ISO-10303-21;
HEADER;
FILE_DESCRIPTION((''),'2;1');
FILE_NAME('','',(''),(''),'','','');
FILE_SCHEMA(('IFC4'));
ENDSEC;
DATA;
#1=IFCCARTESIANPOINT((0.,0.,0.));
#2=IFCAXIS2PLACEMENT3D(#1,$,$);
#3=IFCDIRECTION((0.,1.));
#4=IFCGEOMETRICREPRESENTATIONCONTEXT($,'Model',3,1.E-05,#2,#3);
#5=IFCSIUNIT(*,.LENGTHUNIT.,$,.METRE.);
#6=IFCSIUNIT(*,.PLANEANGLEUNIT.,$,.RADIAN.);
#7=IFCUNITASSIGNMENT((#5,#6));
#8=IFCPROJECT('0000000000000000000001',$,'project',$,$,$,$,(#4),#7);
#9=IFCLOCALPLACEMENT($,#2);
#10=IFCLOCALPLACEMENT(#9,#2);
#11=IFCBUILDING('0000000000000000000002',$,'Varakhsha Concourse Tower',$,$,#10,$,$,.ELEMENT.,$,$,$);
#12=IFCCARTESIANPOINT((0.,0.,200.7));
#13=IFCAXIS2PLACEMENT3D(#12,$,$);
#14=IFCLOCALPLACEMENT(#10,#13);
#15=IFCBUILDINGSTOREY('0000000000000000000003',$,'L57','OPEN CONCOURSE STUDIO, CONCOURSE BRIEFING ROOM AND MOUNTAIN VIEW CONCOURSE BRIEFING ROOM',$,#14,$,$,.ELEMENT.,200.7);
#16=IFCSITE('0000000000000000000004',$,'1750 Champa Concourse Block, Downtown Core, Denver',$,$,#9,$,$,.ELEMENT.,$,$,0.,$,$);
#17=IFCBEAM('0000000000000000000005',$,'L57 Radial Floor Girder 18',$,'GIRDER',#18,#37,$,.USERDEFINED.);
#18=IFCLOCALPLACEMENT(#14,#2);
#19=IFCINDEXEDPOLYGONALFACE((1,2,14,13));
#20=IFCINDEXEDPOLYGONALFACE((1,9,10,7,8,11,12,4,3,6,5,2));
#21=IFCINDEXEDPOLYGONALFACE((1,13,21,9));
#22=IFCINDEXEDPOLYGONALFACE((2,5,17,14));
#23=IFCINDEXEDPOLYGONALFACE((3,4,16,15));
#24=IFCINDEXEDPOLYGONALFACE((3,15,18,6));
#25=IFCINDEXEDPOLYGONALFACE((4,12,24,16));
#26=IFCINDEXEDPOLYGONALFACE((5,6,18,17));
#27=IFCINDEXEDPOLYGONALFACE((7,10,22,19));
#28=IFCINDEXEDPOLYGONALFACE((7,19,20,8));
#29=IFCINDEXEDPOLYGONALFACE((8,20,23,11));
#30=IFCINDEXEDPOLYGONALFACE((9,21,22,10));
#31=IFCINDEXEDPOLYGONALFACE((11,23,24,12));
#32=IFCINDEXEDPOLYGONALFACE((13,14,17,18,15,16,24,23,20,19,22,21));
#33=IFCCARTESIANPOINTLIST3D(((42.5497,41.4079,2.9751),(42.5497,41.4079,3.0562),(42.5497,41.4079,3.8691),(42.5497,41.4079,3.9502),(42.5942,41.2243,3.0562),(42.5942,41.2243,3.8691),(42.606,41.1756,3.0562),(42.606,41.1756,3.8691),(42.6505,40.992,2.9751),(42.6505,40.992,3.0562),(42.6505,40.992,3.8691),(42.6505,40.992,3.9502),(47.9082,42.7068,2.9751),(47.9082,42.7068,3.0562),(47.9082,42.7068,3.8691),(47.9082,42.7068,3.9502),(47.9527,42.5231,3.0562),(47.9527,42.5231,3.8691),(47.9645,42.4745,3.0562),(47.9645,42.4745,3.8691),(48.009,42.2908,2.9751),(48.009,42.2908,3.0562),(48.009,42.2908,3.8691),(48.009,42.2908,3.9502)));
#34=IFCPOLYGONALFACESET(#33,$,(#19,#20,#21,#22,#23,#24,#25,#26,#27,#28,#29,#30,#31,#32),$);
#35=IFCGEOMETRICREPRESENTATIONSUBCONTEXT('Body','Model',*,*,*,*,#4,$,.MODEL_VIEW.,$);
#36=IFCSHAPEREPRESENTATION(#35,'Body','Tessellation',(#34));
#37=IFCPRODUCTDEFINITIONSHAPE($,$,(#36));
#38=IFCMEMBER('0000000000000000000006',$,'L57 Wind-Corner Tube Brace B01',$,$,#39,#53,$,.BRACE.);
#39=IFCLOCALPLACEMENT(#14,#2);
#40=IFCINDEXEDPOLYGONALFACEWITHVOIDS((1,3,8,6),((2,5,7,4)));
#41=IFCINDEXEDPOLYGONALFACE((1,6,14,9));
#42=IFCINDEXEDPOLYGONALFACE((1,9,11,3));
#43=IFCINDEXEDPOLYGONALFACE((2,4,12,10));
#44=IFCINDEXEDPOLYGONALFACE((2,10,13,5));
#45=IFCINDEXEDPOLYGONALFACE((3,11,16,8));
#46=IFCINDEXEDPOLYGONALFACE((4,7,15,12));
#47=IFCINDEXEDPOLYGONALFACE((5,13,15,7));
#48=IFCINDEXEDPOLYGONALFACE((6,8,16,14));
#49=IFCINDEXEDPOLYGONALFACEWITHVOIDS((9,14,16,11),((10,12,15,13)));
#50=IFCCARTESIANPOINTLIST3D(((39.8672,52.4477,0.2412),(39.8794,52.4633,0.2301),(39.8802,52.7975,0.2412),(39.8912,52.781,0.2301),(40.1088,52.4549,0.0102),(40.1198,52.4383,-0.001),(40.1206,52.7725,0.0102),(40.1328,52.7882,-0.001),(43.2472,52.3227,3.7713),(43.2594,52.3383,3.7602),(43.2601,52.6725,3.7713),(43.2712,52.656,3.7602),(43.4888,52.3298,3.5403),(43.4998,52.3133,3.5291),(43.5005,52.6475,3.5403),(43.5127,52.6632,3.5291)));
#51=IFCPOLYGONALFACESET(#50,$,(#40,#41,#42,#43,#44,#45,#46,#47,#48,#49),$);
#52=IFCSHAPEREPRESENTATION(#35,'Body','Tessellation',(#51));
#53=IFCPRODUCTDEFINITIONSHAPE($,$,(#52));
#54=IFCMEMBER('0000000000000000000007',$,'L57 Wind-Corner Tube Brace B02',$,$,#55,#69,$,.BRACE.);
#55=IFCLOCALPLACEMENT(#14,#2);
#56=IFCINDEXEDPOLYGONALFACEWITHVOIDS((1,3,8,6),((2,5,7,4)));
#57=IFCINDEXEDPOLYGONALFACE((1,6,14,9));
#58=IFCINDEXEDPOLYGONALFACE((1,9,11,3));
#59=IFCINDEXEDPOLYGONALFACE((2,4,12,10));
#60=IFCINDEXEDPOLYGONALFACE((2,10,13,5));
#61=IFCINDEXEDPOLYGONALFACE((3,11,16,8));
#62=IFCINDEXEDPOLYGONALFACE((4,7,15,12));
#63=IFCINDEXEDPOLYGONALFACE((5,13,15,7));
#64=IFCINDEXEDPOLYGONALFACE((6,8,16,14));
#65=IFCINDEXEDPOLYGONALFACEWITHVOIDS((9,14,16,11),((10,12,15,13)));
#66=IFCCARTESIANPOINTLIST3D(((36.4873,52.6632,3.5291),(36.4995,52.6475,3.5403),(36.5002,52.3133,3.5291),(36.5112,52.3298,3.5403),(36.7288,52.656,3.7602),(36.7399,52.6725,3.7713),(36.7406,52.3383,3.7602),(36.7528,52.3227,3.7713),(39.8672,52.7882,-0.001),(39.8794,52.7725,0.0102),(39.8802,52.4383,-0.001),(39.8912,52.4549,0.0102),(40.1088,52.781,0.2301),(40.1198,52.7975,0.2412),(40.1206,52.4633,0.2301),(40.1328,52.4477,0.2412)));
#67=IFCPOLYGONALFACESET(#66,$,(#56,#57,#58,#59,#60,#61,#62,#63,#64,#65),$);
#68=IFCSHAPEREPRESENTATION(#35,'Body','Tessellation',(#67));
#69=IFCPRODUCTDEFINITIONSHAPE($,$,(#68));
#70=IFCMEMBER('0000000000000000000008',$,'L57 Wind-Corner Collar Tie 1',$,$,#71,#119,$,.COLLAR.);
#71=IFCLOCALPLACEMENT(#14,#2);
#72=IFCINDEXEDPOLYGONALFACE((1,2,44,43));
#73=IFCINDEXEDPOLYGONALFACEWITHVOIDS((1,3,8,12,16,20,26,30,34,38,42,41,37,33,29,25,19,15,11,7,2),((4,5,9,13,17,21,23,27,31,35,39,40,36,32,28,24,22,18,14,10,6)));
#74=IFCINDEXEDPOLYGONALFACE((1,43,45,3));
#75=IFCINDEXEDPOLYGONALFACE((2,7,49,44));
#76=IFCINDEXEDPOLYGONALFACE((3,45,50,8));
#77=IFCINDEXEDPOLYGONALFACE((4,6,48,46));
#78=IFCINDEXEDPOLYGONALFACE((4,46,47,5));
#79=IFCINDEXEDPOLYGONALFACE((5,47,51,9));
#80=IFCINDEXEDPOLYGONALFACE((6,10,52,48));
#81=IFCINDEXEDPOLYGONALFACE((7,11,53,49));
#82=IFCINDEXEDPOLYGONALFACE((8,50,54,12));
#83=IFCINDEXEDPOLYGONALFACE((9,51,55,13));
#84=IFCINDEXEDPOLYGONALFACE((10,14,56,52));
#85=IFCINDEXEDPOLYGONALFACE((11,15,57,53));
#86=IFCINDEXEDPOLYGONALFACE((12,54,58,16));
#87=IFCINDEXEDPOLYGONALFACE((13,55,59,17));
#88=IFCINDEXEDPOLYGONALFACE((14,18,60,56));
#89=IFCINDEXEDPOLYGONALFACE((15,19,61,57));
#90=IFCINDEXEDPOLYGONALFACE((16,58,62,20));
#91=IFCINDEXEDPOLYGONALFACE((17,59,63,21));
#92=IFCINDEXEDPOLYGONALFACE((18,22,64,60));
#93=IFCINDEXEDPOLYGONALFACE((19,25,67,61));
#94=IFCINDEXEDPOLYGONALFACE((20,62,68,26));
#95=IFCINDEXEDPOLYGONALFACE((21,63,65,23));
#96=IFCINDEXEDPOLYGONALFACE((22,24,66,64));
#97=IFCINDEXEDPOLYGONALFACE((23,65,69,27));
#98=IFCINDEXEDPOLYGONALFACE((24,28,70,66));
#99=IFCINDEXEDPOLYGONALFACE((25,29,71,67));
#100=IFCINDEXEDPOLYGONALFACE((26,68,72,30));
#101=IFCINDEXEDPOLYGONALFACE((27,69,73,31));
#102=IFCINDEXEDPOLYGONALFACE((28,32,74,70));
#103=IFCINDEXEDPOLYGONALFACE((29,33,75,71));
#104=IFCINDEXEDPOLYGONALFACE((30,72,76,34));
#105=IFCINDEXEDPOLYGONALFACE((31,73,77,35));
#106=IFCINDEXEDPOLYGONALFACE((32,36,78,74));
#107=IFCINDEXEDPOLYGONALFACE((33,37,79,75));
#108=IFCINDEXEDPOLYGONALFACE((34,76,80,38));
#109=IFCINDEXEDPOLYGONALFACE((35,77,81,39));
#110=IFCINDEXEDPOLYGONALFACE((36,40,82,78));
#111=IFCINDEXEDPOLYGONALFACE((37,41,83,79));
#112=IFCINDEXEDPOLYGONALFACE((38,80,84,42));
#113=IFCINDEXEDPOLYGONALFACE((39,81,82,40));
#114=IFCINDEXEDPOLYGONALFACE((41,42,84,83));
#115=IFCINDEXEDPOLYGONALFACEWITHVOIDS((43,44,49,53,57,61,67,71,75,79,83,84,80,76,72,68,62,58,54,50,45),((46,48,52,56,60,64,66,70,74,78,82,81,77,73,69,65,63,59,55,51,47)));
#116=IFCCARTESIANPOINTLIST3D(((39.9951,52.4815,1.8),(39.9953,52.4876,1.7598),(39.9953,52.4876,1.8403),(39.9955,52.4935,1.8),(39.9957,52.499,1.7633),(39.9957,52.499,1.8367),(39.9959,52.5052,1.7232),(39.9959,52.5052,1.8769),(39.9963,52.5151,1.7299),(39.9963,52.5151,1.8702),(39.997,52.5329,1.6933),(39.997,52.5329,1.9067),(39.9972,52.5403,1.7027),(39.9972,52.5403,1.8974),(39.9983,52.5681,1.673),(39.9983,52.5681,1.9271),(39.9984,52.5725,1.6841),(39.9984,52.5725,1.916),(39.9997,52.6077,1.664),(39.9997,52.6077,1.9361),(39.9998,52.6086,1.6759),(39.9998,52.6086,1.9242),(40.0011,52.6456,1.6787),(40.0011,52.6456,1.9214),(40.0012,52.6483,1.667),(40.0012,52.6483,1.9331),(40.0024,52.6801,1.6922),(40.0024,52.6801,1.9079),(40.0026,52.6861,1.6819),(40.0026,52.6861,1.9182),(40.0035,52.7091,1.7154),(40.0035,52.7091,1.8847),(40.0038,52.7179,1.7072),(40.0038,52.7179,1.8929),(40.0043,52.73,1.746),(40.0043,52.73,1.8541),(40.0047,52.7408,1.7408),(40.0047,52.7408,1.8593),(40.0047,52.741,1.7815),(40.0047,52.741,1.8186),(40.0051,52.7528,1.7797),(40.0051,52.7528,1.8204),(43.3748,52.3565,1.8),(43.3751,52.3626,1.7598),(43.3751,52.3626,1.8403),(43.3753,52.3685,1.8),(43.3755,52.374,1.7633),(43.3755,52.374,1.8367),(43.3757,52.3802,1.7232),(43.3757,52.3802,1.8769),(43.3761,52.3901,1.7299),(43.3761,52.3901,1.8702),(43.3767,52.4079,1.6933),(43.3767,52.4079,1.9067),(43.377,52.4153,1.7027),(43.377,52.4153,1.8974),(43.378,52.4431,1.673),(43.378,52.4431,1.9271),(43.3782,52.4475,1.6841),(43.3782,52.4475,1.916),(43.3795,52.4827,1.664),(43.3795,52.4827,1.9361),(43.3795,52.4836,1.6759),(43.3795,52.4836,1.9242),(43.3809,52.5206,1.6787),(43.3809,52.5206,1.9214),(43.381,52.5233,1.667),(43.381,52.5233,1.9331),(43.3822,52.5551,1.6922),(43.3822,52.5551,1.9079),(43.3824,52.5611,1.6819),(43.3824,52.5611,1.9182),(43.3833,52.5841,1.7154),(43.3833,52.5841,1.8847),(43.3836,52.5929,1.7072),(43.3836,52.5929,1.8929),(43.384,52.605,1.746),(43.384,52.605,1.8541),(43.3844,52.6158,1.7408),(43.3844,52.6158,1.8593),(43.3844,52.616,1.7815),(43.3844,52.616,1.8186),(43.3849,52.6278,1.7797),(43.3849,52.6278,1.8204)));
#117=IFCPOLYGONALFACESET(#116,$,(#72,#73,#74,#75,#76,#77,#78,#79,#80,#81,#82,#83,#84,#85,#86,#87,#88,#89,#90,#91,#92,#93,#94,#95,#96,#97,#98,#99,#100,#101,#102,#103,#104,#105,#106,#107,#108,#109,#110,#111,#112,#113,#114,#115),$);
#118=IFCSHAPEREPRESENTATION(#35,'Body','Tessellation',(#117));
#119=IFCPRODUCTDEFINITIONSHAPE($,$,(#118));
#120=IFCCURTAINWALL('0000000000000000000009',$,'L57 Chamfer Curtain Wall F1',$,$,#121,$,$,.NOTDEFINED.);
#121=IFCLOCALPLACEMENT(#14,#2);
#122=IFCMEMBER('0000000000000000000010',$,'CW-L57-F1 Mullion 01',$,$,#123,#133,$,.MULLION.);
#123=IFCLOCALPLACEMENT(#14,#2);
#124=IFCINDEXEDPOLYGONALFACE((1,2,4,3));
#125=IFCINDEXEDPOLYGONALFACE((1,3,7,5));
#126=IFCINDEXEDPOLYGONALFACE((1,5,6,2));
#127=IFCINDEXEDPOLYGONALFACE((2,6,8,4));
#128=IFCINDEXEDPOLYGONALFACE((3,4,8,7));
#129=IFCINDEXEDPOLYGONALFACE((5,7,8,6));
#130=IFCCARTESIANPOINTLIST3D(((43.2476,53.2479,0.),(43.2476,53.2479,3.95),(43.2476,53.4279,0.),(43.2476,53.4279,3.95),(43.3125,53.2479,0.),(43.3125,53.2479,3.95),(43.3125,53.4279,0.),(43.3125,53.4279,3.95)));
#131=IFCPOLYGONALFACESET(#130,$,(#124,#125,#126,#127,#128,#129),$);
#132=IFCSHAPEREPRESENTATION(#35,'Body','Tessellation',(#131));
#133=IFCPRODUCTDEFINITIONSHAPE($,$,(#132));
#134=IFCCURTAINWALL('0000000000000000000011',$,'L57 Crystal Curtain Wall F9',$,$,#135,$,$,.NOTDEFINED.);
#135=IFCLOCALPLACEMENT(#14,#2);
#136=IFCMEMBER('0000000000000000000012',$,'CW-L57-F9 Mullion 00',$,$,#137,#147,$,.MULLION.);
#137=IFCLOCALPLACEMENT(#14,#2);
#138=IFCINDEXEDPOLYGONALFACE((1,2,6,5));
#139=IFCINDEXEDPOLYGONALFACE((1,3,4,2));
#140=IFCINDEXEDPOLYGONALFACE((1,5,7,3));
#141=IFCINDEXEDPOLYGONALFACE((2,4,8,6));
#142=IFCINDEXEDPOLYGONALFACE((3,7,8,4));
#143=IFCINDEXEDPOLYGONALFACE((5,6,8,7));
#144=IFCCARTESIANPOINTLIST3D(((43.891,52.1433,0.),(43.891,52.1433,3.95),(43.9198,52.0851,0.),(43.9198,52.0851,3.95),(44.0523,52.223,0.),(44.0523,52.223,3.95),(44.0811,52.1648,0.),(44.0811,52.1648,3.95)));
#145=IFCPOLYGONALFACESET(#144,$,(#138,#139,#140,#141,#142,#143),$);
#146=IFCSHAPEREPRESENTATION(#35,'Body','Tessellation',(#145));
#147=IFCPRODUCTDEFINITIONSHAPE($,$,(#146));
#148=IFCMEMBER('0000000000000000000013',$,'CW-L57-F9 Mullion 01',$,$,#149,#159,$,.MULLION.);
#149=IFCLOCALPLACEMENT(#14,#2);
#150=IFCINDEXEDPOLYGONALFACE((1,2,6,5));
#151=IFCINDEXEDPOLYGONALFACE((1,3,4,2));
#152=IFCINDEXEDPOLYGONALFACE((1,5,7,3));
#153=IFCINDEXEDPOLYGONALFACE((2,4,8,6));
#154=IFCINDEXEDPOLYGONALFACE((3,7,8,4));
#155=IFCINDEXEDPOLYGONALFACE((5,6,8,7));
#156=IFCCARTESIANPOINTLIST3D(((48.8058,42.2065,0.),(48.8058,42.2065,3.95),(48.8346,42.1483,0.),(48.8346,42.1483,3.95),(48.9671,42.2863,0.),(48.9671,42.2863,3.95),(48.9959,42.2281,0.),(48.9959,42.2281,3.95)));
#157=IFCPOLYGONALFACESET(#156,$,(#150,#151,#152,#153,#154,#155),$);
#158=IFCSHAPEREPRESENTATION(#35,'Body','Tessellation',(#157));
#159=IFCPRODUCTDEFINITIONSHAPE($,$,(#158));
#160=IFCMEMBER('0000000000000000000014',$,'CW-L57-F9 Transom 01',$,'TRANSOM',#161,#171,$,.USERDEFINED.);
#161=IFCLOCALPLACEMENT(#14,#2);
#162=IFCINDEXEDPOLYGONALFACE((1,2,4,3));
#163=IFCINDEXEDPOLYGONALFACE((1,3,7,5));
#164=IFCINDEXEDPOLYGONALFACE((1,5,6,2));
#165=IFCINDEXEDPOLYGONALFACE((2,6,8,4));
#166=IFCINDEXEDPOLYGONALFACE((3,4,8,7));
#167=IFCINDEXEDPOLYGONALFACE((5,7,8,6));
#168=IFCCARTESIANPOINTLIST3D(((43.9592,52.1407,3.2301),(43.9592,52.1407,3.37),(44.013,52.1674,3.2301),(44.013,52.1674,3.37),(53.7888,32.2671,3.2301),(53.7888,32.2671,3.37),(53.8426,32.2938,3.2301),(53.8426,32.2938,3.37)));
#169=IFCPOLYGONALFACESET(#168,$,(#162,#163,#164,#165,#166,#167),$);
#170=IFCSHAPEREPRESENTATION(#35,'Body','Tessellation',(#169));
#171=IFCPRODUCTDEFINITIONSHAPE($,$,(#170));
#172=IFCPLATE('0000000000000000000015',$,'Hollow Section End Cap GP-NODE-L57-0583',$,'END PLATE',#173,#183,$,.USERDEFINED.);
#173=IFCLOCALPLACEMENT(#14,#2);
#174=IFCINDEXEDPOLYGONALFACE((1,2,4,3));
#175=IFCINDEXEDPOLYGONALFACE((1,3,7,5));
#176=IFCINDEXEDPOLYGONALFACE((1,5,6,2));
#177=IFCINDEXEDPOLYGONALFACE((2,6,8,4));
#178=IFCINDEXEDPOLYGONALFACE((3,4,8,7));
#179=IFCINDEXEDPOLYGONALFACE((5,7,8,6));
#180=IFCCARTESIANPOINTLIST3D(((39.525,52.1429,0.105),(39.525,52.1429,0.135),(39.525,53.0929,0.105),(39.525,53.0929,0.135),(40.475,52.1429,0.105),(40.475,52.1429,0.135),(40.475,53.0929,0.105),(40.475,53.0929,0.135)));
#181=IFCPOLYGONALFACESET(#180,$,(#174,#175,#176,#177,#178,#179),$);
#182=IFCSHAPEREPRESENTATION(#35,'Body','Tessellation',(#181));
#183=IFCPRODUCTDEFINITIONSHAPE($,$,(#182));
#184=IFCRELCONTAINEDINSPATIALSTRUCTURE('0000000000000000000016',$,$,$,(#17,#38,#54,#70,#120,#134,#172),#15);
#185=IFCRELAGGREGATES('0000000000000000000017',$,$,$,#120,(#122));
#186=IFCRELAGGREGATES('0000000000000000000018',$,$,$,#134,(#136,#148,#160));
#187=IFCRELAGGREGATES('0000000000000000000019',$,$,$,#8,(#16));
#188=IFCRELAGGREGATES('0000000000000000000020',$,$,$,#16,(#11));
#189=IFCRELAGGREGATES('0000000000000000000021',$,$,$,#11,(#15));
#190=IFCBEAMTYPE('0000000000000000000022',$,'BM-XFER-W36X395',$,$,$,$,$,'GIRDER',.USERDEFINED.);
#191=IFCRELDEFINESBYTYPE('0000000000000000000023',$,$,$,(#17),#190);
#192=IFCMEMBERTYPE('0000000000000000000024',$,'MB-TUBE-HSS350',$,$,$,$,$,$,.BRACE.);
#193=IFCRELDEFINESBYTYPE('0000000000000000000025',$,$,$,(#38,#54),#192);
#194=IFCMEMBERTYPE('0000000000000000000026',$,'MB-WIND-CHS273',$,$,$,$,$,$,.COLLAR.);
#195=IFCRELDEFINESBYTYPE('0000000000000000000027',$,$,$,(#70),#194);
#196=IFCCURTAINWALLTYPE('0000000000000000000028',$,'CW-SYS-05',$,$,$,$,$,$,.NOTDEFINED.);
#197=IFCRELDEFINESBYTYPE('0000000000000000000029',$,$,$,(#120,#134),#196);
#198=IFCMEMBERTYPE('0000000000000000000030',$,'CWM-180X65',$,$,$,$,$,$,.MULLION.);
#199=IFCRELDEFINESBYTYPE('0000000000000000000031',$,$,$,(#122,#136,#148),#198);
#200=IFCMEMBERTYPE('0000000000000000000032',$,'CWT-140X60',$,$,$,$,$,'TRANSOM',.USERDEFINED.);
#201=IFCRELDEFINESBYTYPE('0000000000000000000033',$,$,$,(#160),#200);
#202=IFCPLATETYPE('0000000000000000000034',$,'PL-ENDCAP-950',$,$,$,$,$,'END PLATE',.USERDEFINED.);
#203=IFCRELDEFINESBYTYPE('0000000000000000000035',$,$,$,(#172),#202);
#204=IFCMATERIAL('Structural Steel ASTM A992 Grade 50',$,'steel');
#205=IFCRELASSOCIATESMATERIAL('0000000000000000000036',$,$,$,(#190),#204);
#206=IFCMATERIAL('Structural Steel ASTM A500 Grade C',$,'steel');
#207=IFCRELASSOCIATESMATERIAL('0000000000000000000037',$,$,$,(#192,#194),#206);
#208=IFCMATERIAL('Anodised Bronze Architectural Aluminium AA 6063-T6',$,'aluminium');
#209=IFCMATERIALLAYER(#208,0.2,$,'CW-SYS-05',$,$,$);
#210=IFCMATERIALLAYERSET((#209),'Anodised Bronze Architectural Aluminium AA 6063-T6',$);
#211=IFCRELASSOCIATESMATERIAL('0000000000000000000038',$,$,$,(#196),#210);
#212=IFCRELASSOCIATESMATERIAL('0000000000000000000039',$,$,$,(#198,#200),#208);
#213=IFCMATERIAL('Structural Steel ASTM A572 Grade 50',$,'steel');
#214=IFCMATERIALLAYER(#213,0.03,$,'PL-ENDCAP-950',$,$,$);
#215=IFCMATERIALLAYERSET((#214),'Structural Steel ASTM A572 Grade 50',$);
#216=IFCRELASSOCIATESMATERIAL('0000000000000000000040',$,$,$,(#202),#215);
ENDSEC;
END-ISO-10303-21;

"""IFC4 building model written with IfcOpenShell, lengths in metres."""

from ifc_helpers import new_model, si_unit, direction, frame, origin, origin_2d, place, context, subcontext, project, spatial, rectangle, hollow_rectangle, hollow_circle, i_section, extrude, source, transform, mapped, material, layer, layer_set, material_profile, profile_set, type_object, type_shapes, element, aggregate, save


model = new_model("IFC4")

# Units and contexts
model_context = context("Model", 3, precision=1e-05, world=origin(), true_north=direction((0.0, 1.0)))
body_context = subcontext(model_context, "Body", "Model", "MODEL_VIEW")
ifc_project = project(units=[si_unit("LENGTHUNIT", "METRE"), si_unit("PLANEANGLEUNIT", "RADIAN")], contexts=[model_context])

# Site, building, storey
site_placement = place(None, origin())
site = spatial("IfcSite", under=ifc_project, at=site_placement, Name="1750 Champa Concourse Block, Downtown Core, Denver", CompositionType="ELEMENT", RefElevation=0.0)
building_placement = place(site_placement, origin())
building = spatial("IfcBuilding", under=site, at=building_placement, Name="Varakhsha Concourse Tower", CompositionType="ELEMENT")
storey_placement = place(building_placement, frame((0.0, 0.0, 200.7)))
storey = spatial("IfcBuildingStorey", under=building, at=storey_placement, Name="L57", Description="OPEN CONCOURSE STUDIO, CONCOURSE BRIEFING ROOM AND MOUNTAIN VIEW CONCOURSE BRIEFING ROOM", CompositionType="ELEMENT", Elevation=200.7)

# Shared definitions
ifc_material_1 = material(Name="Structural Steel ASTM A992 Grade 50", Category="steel")
ifc_material_2 = material(Name="Structural Steel ASTM A572 Grade 50", Category="steel")

# Beam
ifc_material_profile_1 = material_profile(ifc_material_1, i_section(OverallWidth=0.428, OverallDepth=0.9751, WebThickness=0.05, FlangeThickness=0.0811, at=origin_2d()), Name="W36X395")
ifc_profile_set_1 = profile_set([ifc_material_profile_1], Name="Structural Steel ASTM A992 Grade 50")
beam_type_1 = type_object("IfcBeamType", Name="BM-XFER-W36X395", ElementType="GIRDER", PredefinedType="USERDEFINED", material=ifc_profile_set_1)
beam_1_placement = place(storey_placement, frame((42.6001, 41.2, 3.4626), z_axis=(0.971857, 0.23557, 0.0), x_axis=(-0.23557, 0.971857, 0.0)))
element("IfcBeam", 1, at=beam_1_placement, inside=storey, type_object=beam_type_1, Name="L57 Radial Floor Girder 18", ObjectType="GIRDER", PredefinedType="USERDEFINED", context=body_context, shape_type="SweptSolid", body=[
    extrude(i_section(OverallWidth=0.428, OverallDepth=0.9751, WebThickness=0.05, FlangeThickness=0.0811, at=origin_2d()), origin(), (0.0, 0.0, 1.0), 5.5137),
])

# Members
ifc_material_3 = material(Name="Structural Steel ASTM A500 Grade C", Category="steel")
ifc_material_profile_2 = material_profile(ifc_material_3, hollow_rectangle(XDim=0.3501, YDim=0.3501, WallThickness=0.0161, at=origin_2d()), Name="HSS 350x350x16")
ifc_profile_set_2 = profile_set([ifc_material_profile_2], Name="Structural Steel ASTM A500 Grade C")
member_type_1 = type_object("IfcMemberType", Name="MB-TUBE-HSS350", PredefinedType="BRACE", material=ifc_profile_set_2)
shared_shape_1 = source(origin(), body_context, "Body", "SweptSolid", [
    extrude(hollow_rectangle(XDim=0.3501, YDim=0.3501, WallThickness=0.0161, at=origin_2d()), origin(), (0.0, 0.0, 1.0), 4.8889),
])
type_shapes(member_type_1, [shared_shape_1])
for number, where, z_axis, x_axis, name in (
    (2, (40.0, 52.6179, 0.1201), (0.691353, -0.025569, 0.722065), (0.036958, 0.999317, 0.0), "L57 Wind-Corner Tube Brace B01"),
    (3, (40.0, 52.6179, 0.1201), (-0.691353, -0.025569, 0.722065), (0.036958, -0.999317, 0.0), "L57 Wind-Corner Tube Brace B02"),
):
    element("IfcMember", number, at=place(storey_placement, frame(where, z_axis=z_axis, x_axis=x_axis)), inside=storey, type_object=member_type_1, Name=name, PredefinedType="BRACE", context=body_context, shape_type="MappedRepresentation", body=[
        mapped(shared_shape_1, transform((0.0, 0.0, 0.0), scale=1.0)),
    ])
ifc_material_profile_3 = material_profile(ifc_material_3, hollow_circle(Radius=0.1365, WallThickness=0.012, at=origin_2d()), Name="CHS 273x12")
ifc_profile_set_3 = profile_set([ifc_material_profile_3], Name="Structural Steel ASTM A500 Grade C")
member_type_2 = type_object("IfcMemberType", Name="MB-WIND-CHS273", PredefinedType="COLLAR", material=ifc_profile_set_3)
shared_shape_2 = source(origin(), body_context, "Body", "SweptSolid", [
    extrude(hollow_circle(Radius=0.1365, WallThickness=0.012, at=origin_2d()), origin(), (0.0, 0.0, 1.0), 3.3821),
])
type_shapes(member_type_2, [shared_shape_2])
member_1_placement = place(storey_placement, frame((43.3799, 52.4929, 1.8), z_axis=(-0.999317, 0.036958, 0.0), x_axis=(-0.036958, -0.999317, 0.0)))
element("IfcMember", 4, at=member_1_placement, inside=storey, type_object=member_type_2, Name="L57 Wind-Corner Collar Tie 1", PredefinedType="COLLAR", context=body_context, shape_type="MappedRepresentation", body=[
    mapped(shared_shape_2, transform((0.0, 0.0, 0.0), scale=1.0)),
])

# Curtain wall, member
ifc_material_4 = material(Name="Anodised Bronze Architectural Aluminium AA 6063-T6", Category="aluminium")
ifc_layer_1 = layer(ifc_material_4, 0.2, Name="CW-SYS-05")
ifc_layer_set_1 = layer_set([ifc_layer_1], Name="Anodised Bronze Architectural Aluminium AA 6063-T6")
curtain_wall_type = type_object("IfcCurtainWallType", Name="CW-SYS-05", PredefinedType="NOTDEFINED", material=ifc_layer_set_1)
curtain_wall_1_placement = place(storey_placement, origin())
curtain_wall_1 = element("IfcCurtainWall", 5, at=curtain_wall_1_placement, inside=storey, type_object=curtain_wall_type, Name="L57 Chamfer Curtain Wall F1", PredefinedType="NOTDEFINED")
ifc_material_profile_4 = material_profile(ifc_material_4, rectangle(XDim=0.0649, YDim=0.1799, at=origin_2d()), Name="CWM-180X65")
ifc_profile_set_4 = profile_set([ifc_material_profile_4], Name="Anodised Bronze Architectural Aluminium AA 6063-T6")
member_type_3 = type_object("IfcMemberType", Name="CWM-180X65", PredefinedType="MULLION", material=ifc_profile_set_4)
shared_shape_3 = source(origin(), body_context, "Body", "SweptSolid", [
    extrude(rectangle(XDim=0.0649, YDim=0.1799, at=origin_2d()), origin(), (0.0, 0.0, 1.0), 3.95),
])
type_shapes(member_type_3, [shared_shape_3])
member_2_placement = place(storey_placement, frame((43.28, 53.3379, 0.0), z_axis=(0.0, 0.0, 1.0), x_axis=(1.0, 0.0, 0.0)))
member_2 = element("IfcMember", 6, at=member_2_placement, type_object=member_type_3, Name="CW-L57-F1 Mullion 01", PredefinedType="MULLION", context=body_context, shape_type="MappedRepresentation", body=[
    mapped(shared_shape_3, transform((0.0, 0.0, 0.0), scale=1.0)),
])

# Curtain wall, members
curtain_wall_2_placement = place(storey_placement, origin())
curtain_wall_2 = element("IfcCurtainWall", 7, at=curtain_wall_2_placement, inside=storey, type_object=curtain_wall_type, Name="L57 Crystal Curtain Wall F9", PredefinedType="NOTDEFINED")
member_3_placement = place(storey_placement, frame((43.9861, 52.1541, 0.0), z_axis=(0.0, 0.0, 1.0), x_axis=(0.443343, -0.896352, 0.0)))
member_3 = element("IfcMember", 8, at=member_3_placement, type_object=member_type_3, Name="CW-L57-F9 Mullion 00", PredefinedType="MULLION", context=body_context, shape_type="MappedRepresentation", body=[
    mapped(shared_shape_3, transform((0.0, 0.0, 0.0), scale=1.0)),
])
member_4_placement = place(storey_placement, frame((48.9009, 42.2173, 0.0), z_axis=(0.0, 0.0, 1.0), x_axis=(0.443343, -0.896352, 0.0)))
member_4 = element("IfcMember", 9, at=member_4_placement, type_object=member_type_3, Name="CW-L57-F9 Mullion 01", PredefinedType="MULLION", context=body_context, shape_type="MappedRepresentation", body=[
    mapped(shared_shape_3, transform((0.0, 0.0, 0.0), scale=1.0)),
])
ifc_material_profile_5 = material_profile(ifc_material_4, rectangle(XDim=0.0601, YDim=0.1399, at=origin_2d()), Name="CWT-140X60")
ifc_profile_set_5 = profile_set([ifc_material_profile_5], Name="Anodised Bronze Architectural Aluminium AA 6063-T6")
member_type_4 = type_object("IfcMemberType", Name="CWT-140X60", ElementType="TRANSOM", PredefinedType="USERDEFINED", material=ifc_profile_set_5)
shared_shape_4 = source(origin(), body_context, "Body", "SweptSolid", [
    extrude(rectangle(XDim=0.0601, YDim=0.1399, at=origin_2d()), origin(), (0.0, 0.0, 1.0), 22.1716),
])
type_shapes(member_type_4, [shared_shape_4])
member_5_placement = place(storey_placement, frame((43.9861, 52.1541, 3.3), z_axis=(0.443342, -0.896352, 0.0), x_axis=(0.896352, 0.443342, 0.0)))
member_5 = element("IfcMember", 10, at=member_5_placement, type_object=member_type_4, Name="CW-L57-F9 Transom 01", ObjectType="TRANSOM", PredefinedType="USERDEFINED", context=body_context, shape_type="MappedRepresentation", body=[
    mapped(shared_shape_4, transform((0.0, 0.0, 0.0), scale=1.0)),
])

# Plate
ifc_layer_2 = layer(ifc_material_2, 0.03, Name="PL-ENDCAP-950")
ifc_layer_set_2 = layer_set([ifc_layer_2], Name="Structural Steel ASTM A572 Grade 50")
plate_type_1 = type_object("IfcPlateType", Name="PL-ENDCAP-950", ElementType="END PLATE", PredefinedType="USERDEFINED", material=ifc_layer_set_2)
shared_shape_5 = source(origin(), body_context, "Body", "SweptSolid", [
    extrude(rectangle(XDim=0.95, YDim=0.95, at=origin_2d()), origin(), (0.0, 0.0, 1.0), 0.03),
])
type_shapes(plate_type_1, [shared_shape_5])
for number, where, z_axis, x_axis, name in (
    (11, (40.0, 52.6179, 0.105), (0.0, 0.0, 1.0), (1.0, 0.0, 0.0), "Hollow Section End Cap GP-NODE-L57-0583"),
):
    element("IfcPlate", number, at=place(storey_placement, frame(where, z_axis=z_axis, x_axis=x_axis)), inside=storey, type_object=plate_type_1, Name=name, ObjectType="END PLATE", PredefinedType="USERDEFINED", context=body_context, shape_type="MappedRepresentation", body=[
        mapped(shared_shape_5, transform((0.0, 0.0, 0.0), scale=1.0)),
    ])

aggregate(curtain_wall_1, [member_2])
aggregate(curtain_wall_2, [member_3, member_4, member_5])

save(model, "model.ifc")
